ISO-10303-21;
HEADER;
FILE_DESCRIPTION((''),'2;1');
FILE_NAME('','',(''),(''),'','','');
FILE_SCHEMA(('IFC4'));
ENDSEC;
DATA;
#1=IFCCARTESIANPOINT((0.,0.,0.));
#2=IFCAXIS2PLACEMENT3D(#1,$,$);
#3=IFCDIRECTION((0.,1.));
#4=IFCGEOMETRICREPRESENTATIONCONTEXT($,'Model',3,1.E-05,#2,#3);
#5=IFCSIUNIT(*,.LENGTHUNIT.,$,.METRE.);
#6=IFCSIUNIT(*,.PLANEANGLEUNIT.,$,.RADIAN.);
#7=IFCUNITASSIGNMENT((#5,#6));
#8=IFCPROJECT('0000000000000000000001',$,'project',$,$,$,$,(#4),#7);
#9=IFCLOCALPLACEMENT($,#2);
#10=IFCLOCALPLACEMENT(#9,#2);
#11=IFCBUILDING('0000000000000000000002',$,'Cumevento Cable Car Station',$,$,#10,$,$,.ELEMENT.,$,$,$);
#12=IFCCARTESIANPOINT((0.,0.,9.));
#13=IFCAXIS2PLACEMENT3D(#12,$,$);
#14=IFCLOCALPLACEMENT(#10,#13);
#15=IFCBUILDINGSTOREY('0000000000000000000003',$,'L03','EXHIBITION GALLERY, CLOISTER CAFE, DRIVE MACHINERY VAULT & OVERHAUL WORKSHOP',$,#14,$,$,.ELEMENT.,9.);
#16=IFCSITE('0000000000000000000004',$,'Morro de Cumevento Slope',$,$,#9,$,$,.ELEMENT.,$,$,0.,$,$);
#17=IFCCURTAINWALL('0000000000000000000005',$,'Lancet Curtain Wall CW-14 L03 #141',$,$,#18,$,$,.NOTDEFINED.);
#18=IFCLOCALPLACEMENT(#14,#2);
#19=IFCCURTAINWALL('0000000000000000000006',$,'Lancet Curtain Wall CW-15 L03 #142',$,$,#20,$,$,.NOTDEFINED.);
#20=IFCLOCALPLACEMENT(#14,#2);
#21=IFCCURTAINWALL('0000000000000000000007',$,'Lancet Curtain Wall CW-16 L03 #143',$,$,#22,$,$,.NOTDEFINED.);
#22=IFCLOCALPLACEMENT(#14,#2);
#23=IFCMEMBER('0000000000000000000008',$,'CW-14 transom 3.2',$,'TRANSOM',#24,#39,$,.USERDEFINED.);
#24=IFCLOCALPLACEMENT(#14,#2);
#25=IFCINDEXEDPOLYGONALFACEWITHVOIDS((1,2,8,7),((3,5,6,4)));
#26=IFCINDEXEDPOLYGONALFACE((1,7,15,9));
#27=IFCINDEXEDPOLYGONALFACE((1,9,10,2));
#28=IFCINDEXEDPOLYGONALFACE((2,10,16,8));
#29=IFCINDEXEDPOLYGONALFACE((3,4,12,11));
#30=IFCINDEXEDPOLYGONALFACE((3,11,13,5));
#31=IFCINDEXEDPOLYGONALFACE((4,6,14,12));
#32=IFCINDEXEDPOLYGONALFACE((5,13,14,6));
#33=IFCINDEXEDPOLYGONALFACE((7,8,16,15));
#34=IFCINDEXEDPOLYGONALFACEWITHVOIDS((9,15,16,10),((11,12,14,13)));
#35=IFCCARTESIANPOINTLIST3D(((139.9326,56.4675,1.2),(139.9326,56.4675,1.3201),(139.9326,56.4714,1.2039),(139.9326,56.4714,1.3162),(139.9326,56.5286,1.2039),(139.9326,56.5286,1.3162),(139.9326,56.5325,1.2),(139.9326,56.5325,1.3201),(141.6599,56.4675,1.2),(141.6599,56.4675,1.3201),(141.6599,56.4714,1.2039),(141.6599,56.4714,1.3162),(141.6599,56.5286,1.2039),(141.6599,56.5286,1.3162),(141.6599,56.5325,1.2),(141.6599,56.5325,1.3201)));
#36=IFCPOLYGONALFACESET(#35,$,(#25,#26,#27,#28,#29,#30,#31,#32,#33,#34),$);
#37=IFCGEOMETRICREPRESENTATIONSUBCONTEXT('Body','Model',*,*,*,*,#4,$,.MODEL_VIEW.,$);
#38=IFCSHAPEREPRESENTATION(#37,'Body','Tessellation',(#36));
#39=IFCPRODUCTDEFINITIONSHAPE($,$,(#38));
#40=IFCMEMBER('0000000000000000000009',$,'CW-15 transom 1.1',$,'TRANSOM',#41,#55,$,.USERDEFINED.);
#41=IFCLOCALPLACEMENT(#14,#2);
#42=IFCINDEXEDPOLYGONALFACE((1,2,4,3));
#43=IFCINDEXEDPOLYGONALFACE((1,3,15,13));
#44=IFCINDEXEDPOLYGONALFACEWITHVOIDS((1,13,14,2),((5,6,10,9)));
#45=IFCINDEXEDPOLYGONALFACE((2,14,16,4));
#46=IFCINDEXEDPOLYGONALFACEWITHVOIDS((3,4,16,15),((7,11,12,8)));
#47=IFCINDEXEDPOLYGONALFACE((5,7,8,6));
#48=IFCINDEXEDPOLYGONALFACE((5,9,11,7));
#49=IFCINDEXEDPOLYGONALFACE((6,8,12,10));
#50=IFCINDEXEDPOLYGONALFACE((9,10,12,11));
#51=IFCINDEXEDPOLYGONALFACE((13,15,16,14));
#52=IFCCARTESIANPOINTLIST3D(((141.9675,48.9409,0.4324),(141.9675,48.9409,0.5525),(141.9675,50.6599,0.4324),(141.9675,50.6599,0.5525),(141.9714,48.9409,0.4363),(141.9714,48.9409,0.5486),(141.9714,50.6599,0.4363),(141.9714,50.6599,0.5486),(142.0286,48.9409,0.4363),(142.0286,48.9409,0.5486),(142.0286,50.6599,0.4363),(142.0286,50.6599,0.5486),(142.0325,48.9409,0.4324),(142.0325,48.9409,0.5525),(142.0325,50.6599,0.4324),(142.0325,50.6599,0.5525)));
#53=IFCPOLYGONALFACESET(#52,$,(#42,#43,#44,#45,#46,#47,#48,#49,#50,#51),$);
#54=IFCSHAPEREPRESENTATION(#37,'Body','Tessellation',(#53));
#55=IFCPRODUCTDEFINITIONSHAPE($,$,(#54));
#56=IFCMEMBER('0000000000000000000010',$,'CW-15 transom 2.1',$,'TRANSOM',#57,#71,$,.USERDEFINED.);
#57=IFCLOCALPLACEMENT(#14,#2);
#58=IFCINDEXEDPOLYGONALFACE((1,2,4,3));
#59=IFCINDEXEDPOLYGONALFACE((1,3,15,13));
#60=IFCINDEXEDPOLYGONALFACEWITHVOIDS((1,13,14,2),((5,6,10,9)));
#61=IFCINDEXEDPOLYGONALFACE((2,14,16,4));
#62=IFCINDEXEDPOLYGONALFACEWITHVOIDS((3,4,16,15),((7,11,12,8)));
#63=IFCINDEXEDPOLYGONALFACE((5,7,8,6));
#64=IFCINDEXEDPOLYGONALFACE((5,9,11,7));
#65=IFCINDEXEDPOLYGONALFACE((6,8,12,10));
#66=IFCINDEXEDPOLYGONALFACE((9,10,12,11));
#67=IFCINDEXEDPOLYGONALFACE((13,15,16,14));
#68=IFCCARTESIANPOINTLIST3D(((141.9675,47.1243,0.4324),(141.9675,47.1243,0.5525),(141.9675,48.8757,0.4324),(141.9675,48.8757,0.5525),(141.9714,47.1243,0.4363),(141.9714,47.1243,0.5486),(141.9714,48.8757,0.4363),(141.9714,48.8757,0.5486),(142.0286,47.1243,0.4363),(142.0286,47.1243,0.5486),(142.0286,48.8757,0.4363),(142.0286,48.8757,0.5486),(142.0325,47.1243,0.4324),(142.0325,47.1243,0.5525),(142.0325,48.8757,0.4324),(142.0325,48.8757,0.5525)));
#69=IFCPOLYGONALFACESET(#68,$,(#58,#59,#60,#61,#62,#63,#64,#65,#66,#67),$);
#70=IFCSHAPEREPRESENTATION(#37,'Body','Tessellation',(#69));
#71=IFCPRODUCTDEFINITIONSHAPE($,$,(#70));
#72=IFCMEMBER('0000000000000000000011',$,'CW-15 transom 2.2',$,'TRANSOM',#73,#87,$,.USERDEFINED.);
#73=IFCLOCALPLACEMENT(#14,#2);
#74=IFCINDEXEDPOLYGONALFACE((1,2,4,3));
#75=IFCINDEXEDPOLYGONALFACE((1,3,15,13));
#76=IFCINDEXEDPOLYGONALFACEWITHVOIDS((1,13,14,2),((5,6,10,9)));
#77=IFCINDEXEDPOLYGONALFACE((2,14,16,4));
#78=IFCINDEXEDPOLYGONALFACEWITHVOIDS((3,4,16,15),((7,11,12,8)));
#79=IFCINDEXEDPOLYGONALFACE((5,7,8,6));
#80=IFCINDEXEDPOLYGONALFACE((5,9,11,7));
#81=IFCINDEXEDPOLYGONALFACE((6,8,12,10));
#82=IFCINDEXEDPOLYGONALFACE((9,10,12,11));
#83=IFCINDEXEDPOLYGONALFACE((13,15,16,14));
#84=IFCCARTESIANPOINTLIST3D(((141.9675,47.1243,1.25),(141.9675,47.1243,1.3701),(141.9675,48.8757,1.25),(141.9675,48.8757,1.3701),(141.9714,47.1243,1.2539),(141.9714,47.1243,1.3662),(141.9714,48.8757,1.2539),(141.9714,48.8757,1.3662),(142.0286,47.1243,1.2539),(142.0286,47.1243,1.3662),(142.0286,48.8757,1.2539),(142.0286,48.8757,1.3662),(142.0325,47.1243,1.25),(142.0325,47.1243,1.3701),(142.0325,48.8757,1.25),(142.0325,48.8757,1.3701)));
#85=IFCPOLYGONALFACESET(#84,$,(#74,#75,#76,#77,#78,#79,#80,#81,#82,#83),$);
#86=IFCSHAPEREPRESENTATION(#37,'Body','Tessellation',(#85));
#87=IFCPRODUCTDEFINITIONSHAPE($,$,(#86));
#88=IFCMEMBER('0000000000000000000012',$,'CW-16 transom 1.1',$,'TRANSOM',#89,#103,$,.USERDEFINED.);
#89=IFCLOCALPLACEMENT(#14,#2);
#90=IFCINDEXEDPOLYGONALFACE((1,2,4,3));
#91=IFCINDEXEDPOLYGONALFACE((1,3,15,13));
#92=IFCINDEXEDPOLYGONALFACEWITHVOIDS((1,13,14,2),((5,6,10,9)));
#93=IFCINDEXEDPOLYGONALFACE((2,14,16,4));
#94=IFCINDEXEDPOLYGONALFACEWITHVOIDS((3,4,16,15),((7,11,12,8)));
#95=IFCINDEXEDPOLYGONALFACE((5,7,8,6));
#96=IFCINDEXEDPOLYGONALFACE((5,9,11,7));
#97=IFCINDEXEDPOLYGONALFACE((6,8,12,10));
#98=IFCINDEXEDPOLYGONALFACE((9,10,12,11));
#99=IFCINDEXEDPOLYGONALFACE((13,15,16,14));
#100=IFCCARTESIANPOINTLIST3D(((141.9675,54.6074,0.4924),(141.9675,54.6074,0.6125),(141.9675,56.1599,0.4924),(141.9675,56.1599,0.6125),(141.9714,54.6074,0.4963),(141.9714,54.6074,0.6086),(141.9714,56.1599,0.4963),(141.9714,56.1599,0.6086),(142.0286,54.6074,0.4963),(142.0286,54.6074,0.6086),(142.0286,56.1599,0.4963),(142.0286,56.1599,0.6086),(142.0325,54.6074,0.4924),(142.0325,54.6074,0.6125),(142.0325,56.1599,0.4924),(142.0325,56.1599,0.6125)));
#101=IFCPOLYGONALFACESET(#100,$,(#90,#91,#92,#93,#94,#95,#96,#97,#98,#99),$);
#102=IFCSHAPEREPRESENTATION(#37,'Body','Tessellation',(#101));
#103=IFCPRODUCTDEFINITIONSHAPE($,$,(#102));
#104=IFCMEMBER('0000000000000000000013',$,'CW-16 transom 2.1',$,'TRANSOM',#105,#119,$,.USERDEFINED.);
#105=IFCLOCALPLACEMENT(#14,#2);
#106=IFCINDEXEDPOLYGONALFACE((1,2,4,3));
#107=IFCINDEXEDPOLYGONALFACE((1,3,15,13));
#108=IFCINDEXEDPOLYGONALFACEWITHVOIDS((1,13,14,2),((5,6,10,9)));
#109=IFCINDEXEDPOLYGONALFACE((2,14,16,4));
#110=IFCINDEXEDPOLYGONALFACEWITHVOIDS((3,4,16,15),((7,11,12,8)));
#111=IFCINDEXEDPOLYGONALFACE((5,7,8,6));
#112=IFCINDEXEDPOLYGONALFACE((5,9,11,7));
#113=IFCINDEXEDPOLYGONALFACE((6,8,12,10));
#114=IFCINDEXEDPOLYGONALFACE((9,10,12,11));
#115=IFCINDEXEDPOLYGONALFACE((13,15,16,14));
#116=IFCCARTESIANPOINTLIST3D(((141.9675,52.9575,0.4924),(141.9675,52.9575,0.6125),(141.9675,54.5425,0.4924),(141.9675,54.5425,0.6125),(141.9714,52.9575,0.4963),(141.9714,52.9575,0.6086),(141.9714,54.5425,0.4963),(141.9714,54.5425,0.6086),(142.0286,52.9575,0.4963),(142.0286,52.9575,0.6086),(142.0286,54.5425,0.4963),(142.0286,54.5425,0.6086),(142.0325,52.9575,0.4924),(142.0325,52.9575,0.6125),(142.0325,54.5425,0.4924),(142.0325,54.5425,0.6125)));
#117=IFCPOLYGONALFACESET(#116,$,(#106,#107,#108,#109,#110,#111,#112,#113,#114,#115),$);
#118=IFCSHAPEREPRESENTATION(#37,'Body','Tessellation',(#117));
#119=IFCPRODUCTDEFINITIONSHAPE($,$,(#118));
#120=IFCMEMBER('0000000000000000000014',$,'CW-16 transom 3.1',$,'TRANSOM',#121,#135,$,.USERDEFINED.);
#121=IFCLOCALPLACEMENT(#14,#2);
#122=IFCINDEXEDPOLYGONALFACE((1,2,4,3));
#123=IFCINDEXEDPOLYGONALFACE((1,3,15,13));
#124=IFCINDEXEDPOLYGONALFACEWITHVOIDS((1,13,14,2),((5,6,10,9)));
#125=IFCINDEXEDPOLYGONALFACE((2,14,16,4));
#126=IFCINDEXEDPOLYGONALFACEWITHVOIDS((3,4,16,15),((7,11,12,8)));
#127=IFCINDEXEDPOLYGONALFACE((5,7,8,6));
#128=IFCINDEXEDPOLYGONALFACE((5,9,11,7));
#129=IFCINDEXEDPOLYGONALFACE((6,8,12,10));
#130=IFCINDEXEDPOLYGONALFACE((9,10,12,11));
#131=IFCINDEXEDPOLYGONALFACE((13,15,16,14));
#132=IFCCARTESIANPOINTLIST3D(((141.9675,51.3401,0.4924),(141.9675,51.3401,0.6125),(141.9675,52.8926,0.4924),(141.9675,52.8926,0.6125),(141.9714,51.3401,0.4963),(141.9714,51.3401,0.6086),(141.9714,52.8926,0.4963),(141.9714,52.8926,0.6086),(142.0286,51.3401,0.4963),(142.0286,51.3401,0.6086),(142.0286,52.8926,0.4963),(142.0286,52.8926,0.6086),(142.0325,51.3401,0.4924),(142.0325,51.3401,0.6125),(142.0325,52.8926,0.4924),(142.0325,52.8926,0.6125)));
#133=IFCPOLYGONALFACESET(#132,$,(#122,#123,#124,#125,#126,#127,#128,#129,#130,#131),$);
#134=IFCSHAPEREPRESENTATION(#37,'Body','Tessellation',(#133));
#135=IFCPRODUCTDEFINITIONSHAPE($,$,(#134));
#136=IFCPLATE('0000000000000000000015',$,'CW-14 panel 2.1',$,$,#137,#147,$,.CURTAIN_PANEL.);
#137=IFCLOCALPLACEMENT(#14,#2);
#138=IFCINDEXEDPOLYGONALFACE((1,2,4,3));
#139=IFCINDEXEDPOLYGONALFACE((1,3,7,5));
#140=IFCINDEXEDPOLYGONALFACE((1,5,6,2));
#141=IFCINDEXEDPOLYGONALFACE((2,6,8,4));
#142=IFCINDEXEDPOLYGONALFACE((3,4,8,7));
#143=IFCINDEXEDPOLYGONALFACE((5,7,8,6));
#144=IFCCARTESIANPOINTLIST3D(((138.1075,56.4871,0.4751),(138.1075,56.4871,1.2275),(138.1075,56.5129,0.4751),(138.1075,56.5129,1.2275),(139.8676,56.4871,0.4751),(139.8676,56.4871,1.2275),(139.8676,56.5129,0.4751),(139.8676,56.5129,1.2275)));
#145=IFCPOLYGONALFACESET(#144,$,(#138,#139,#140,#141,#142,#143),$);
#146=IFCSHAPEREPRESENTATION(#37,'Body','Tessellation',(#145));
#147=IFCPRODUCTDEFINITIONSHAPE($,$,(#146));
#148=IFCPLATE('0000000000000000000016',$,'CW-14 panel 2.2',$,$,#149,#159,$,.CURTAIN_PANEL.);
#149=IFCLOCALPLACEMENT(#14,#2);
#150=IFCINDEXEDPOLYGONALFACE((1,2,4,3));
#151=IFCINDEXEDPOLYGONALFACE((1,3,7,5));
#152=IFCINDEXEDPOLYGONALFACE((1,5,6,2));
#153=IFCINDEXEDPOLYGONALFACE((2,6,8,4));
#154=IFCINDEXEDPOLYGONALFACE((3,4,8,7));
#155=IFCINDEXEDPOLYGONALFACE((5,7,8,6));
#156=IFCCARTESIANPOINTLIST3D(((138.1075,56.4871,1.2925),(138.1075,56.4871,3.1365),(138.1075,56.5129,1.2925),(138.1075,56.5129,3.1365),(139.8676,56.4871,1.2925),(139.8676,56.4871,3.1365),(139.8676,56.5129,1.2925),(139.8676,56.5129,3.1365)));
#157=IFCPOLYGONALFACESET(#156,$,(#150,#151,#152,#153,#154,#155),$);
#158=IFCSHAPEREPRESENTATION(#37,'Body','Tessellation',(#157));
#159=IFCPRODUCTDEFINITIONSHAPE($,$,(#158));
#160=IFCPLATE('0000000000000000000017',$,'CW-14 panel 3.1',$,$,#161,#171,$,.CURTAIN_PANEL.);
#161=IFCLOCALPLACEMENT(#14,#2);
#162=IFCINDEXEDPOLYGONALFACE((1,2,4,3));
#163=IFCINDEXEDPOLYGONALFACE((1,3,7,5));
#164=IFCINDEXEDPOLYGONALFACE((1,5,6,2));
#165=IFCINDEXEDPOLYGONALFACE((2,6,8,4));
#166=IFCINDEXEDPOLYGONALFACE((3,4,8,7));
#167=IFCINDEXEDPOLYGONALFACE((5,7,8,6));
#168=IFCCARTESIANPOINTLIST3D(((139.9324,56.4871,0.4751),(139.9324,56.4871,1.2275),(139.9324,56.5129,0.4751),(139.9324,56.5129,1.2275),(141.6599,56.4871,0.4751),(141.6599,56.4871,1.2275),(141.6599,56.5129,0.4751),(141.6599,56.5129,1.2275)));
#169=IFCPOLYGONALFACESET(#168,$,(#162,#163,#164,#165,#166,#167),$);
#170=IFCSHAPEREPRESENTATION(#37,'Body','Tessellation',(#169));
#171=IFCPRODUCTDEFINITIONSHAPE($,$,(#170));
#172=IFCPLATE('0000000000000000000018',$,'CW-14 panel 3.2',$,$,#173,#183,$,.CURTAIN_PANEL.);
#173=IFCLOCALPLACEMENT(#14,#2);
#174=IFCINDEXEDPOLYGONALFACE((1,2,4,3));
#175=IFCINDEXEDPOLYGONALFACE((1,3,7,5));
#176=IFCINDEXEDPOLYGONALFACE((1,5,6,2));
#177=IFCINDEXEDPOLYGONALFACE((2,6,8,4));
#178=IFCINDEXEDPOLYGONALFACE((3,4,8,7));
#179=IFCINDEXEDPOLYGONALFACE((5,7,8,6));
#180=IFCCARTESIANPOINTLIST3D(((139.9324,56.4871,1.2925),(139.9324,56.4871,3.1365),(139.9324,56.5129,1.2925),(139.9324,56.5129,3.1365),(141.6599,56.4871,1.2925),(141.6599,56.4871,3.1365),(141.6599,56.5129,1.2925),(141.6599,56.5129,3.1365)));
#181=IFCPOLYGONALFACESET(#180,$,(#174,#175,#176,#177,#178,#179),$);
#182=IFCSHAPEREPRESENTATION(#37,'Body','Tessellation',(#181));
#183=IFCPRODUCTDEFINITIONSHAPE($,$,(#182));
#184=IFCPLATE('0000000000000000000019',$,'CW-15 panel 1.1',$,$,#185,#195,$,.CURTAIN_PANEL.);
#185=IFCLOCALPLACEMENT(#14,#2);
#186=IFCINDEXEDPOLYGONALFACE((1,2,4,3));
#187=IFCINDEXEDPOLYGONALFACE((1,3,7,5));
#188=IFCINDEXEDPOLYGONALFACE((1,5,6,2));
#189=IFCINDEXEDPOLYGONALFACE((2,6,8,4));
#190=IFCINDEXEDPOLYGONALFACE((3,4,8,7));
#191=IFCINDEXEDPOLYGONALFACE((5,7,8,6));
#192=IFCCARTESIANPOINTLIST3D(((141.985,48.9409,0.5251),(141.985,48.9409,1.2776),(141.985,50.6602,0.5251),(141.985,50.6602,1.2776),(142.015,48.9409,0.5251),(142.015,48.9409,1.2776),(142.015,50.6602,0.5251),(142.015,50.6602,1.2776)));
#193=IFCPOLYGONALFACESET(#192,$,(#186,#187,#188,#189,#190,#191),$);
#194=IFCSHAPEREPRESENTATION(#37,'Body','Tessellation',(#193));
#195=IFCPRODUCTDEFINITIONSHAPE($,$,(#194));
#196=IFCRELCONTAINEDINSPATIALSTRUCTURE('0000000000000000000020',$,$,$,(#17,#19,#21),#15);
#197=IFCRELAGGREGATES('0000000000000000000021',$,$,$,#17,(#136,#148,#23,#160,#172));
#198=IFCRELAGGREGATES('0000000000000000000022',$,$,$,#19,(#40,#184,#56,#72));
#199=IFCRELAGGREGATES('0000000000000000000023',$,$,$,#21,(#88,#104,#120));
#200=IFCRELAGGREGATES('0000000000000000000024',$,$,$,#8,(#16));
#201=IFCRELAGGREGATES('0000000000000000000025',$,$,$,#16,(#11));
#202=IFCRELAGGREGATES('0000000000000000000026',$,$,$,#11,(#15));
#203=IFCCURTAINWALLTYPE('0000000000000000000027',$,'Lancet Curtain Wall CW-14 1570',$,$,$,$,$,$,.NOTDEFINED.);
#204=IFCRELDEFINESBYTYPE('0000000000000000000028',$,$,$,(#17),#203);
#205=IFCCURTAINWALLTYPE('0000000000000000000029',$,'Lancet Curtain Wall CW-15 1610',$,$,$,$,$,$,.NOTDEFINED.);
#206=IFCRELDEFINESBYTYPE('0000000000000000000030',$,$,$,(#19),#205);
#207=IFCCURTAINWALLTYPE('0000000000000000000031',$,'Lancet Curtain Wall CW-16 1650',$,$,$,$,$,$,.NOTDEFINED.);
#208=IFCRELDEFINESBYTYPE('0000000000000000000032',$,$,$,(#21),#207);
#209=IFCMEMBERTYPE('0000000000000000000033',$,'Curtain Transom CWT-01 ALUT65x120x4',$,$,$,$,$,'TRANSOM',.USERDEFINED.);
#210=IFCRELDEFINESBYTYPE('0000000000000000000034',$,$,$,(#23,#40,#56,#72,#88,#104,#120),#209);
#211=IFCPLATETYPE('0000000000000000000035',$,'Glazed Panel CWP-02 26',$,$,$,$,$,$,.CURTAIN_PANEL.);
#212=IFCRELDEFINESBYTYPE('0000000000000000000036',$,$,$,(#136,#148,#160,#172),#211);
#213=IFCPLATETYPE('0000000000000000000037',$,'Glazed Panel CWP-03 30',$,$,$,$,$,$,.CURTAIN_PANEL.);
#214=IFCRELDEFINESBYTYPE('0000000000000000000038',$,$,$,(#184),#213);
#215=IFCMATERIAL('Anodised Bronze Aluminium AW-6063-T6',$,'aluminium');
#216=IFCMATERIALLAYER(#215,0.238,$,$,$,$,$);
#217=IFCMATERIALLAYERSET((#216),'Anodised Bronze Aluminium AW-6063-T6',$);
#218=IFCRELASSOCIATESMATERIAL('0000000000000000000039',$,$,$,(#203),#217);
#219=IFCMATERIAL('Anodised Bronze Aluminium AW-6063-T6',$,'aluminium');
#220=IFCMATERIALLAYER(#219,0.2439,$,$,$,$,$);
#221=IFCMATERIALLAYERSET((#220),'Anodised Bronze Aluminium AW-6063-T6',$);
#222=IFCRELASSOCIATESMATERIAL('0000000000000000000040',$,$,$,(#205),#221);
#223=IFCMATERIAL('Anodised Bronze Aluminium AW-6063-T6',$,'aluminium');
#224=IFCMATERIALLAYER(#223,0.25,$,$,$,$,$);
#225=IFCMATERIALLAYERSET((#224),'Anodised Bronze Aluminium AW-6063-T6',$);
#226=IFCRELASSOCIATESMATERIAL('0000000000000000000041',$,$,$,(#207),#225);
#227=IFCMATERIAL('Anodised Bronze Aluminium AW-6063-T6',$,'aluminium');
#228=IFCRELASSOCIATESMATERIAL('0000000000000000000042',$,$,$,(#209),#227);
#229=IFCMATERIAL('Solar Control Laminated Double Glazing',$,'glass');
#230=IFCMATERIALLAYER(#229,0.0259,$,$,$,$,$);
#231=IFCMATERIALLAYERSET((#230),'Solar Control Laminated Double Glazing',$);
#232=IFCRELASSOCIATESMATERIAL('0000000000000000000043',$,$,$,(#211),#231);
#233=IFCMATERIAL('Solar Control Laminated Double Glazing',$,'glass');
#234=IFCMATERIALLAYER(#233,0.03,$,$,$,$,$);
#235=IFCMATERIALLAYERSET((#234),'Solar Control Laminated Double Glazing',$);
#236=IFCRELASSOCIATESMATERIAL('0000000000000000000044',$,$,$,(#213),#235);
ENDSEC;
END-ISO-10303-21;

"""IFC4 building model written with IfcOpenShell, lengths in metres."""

from ifc_helpers import new_model, si_unit, direction, frame, origin, origin_2d, place, context, subcontext, project, spatial, rectangle, hollow_rectangle, extrude, material, layer, layer_set, material_profile, profile_set, type_object, element, aggregate, save


model = new_model("IFC4")

# Units and contexts
model_context = context("Model", 3, precision=1e-05, world=origin(), true_north=direction((0.0, 1.0)))
body_context = subcontext(model_context, "Body", "Model", "MODEL_VIEW")
ifc_project = project(units=[si_unit("LENGTHUNIT", "METRE"), si_unit("PLANEANGLEUNIT", "RADIAN")], contexts=[model_context])

# Site, building, storey
site_placement = place(None, origin())
site = spatial("IfcSite", under=ifc_project, at=site_placement, Name="Morro de Cumevento Slope", CompositionType="ELEMENT", RefElevation=0.0)
building_placement = place(site_placement, origin())
building = spatial("IfcBuilding", under=site, at=building_placement, Name="Cumevento Cable Car Station", CompositionType="ELEMENT")
storey_placement = place(building_placement, frame((0.0, 0.0, 9.0)))
storey = spatial("IfcBuildingStorey", under=building, at=storey_placement, Name="L03", Description="EXHIBITION GALLERY, CLOISTER CAFE, DRIVE MACHINERY VAULT & OVERHAUL WORKSHOP", CompositionType="ELEMENT", Elevation=9.0)

# Curtain walls
ifc_material_1 = material(Name="Anodised Bronze Aluminium AW-6063-T6", Category="aluminium")
ifc_layer_1 = layer(ifc_material_1, 0.238)
ifc_layer_set_1 = layer_set([ifc_layer_1], Name="Anodised Bronze Aluminium AW-6063-T6")
curtain_wall_type_1 = type_object("IfcCurtainWallType", Name="Lancet Curtain Wall CW-14 1570", PredefinedType="NOTDEFINED", material=ifc_layer_set_1)
curtain_wall_1_placement = place(storey_placement, origin())
curtain_wall_1 = element("IfcCurtainWall", 1, at=curtain_wall_1_placement, inside=storey, type_object=curtain_wall_type_1, Name="Lancet Curtain Wall CW-14 L03 #141", PredefinedType="NOTDEFINED")
ifc_material_2 = material(Name="Anodised Bronze Aluminium AW-6063-T6", Category="aluminium")
ifc_layer_2 = layer(ifc_material_2, 0.2439)
ifc_layer_set_2 = layer_set([ifc_layer_2], Name="Anodised Bronze Aluminium AW-6063-T6")
curtain_wall_type_2 = type_object("IfcCurtainWallType", Name="Lancet Curtain Wall CW-15 1610", PredefinedType="NOTDEFINED", material=ifc_layer_set_2)
curtain_wall_2_placement = place(storey_placement, origin())
curtain_wall_2 = element("IfcCurtainWall", 2, at=curtain_wall_2_placement, inside=storey, type_object=curtain_wall_type_2, Name="Lancet Curtain Wall CW-15 L03 #142", PredefinedType="NOTDEFINED")
ifc_material_3 = material(Name="Anodised Bronze Aluminium AW-6063-T6", Category="aluminium")
ifc_layer_3 = layer(ifc_material_3, 0.25)
ifc_layer_set_3 = layer_set([ifc_layer_3], Name="Anodised Bronze Aluminium AW-6063-T6")
curtain_wall_type_3 = type_object("IfcCurtainWallType", Name="Lancet Curtain Wall CW-16 1650", PredefinedType="NOTDEFINED", material=ifc_layer_set_3)
curtain_wall_3_placement = place(storey_placement, origin())
curtain_wall_3 = element("IfcCurtainWall", 3, at=curtain_wall_3_placement, inside=storey, type_object=curtain_wall_type_3, Name="Lancet Curtain Wall CW-16 L03 #143", PredefinedType="NOTDEFINED")

# Members
ifc_material_4 = material(Name="Anodised Bronze Aluminium AW-6063-T6", Category="aluminium")
ifc_material_profile_1 = material_profile(ifc_material_4, hollow_rectangle(XDim=0.0649, YDim=0.1201, WallThickness=0.0039, at=origin_2d()), Name="ALUT65x120x4")
ifc_profile_set_1 = profile_set([ifc_material_profile_1], Name="Anodised Bronze Aluminium AW-6063-T6")
member_type_1 = type_object("IfcMemberType", Name="Curtain Transom CWT-01 ALUT65x120x4", ElementType="TRANSOM", PredefinedType="USERDEFINED", material=ifc_profile_set_1)
member_1_placement = place(storey_placement, frame((139.9326, 56.5, 1.26), z_axis=(1.0, 0.0, 0.0), x_axis=(0.0, 1.0, 0.0)))
member_1 = element("IfcMember", 4, at=member_1_placement, type_object=member_type_1, Name="CW-14 transom 3.2", ObjectType="TRANSOM", PredefinedType="USERDEFINED", context=body_context, shape_type="SweptSolid", body=[
    extrude(hollow_rectangle(XDim=0.0649, YDim=0.1201, WallThickness=0.0039, at=origin_2d()), origin(), (0.0, 0.0, 1.0), 1.7273),
])
member_2_placement = place(storey_placement, frame((142.0, 50.6599, 0.4924), z_axis=(0.0, -1.0, 0.0), x_axis=(1.0, 0.0, 0.0)))
member_2 = element("IfcMember", 5, at=member_2_placement, type_object=member_type_1, Name="CW-15 transom 1.1", ObjectType="TRANSOM", PredefinedType="USERDEFINED", context=body_context, shape_type="SweptSolid", body=[
    extrude(hollow_rectangle(XDim=0.0649, YDim=0.1201, WallThickness=0.0039, at=origin_2d()), origin(), (0.0, 0.0, 1.0), 1.719),
])
member_3_placement = place(storey_placement, frame((142.0, 48.8757, 0.4924), z_axis=(0.0, -1.0, 0.0), x_axis=(1.0, 0.0, 0.0)))
member_3 = element("IfcMember", 6, at=member_3_placement, type_object=member_type_1, Name="CW-15 transom 2.1", ObjectType="TRANSOM", PredefinedType="USERDEFINED", context=body_context, shape_type="SweptSolid", body=[
    extrude(hollow_rectangle(XDim=0.0649, YDim=0.1201, WallThickness=0.0039, at=origin_2d()), origin(), (0.0, 0.0, 1.0), 1.7515),
])
member_4_placement = place(storey_placement, frame((142.0, 48.8757, 1.3101), z_axis=(0.0, -1.0, 0.0), x_axis=(1.0, 0.0, 0.0)))
member_4 = element("IfcMember", 7, at=member_4_placement, type_object=member_type_1, Name="CW-15 transom 2.2", ObjectType="TRANSOM", PredefinedType="USERDEFINED", context=body_context, shape_type="SweptSolid", body=[
    extrude(hollow_rectangle(XDim=0.0649, YDim=0.1201, WallThickness=0.0039, at=origin_2d()), origin(), (0.0, 0.0, 1.0), 1.7515),
])
member_5_placement = place(storey_placement, frame((142.0, 56.1599, 0.5525), z_axis=(0.0, -1.0, 0.0), x_axis=(1.0, 0.0, 0.0)))
member_5 = element("IfcMember", 8, at=member_5_placement, type_object=member_type_1, Name="CW-16 transom 1.1", ObjectType="TRANSOM", PredefinedType="USERDEFINED", context=body_context, shape_type="SweptSolid", body=[
    extrude(hollow_rectangle(XDim=0.0649, YDim=0.1201, WallThickness=0.0039, at=origin_2d()), origin(), (0.0, 0.0, 1.0), 1.5525),
])
member_6_placement = place(storey_placement, frame((142.0, 54.5425, 0.5525), z_axis=(0.0, -1.0, 0.0), x_axis=(1.0, 0.0, 0.0)))
member_6 = element("IfcMember", 9, at=member_6_placement, type_object=member_type_1, Name="CW-16 transom 2.1", ObjectType="TRANSOM", PredefinedType="USERDEFINED", context=body_context, shape_type="SweptSolid", body=[
    extrude(hollow_rectangle(XDim=0.0649, YDim=0.1201, WallThickness=0.0039, at=origin_2d()), origin(), (0.0, 0.0, 1.0), 1.585),
])
member_7_placement = place(storey_placement, frame((142.0, 52.8926, 0.5525), z_axis=(0.0, -1.0, 0.0), x_axis=(1.0, 0.0, 0.0)))
member_7 = element("IfcMember", 10, at=member_7_placement, type_object=member_type_1, Name="CW-16 transom 3.1", ObjectType="TRANSOM", PredefinedType="USERDEFINED", context=body_context, shape_type="SweptSolid", body=[
    extrude(hollow_rectangle(XDim=0.0649, YDim=0.1201, WallThickness=0.0039, at=origin_2d()), origin(), (0.0, 0.0, 1.0), 1.5525),
])

# Plates
ifc_material_5 = material(Name="Solar Control Laminated Double Glazing", Category="glass")
ifc_layer_4 = layer(ifc_material_5, 0.0259)
ifc_layer_set_4 = layer_set([ifc_layer_4], Name="Solar Control Laminated Double Glazing")
plate_type_1 = type_object("IfcPlateType", Name="Glazed Panel CWP-02 26", PredefinedType="CURTAIN_PANEL", material=ifc_layer_set_4)
plate_1_placement = place(storey_placement, frame((138.9875, 56.5, 0.4751), z_axis=(0.0, 0.0, 1.0), x_axis=(1.0, 0.0, 0.0)))
plate_1 = element("IfcPlate", 11, at=plate_1_placement, type_object=plate_type_1, Name="CW-14 panel 2.1", PredefinedType="CURTAIN_PANEL", context=body_context, shape_type="SweptSolid", body=[
    extrude(rectangle(XDim=1.76, YDim=0.0259, at=origin_2d()), origin(), (0.0, 0.0, 1.0), 0.7524),
])
plate_2_placement = place(storey_placement, frame((138.9875, 56.5, 1.2925), z_axis=(0.0, 0.0, 1.0), x_axis=(1.0, 0.0, 0.0)))
plate_2 = element("IfcPlate", 12, at=plate_2_placement, type_object=plate_type_1, Name="CW-14 panel 2.2", PredefinedType="CURTAIN_PANEL", context=body_context, shape_type="SweptSolid", body=[
    extrude(rectangle(XDim=1.76, YDim=0.0259, at=origin_2d()), origin(), (0.0, 0.0, 1.0), 1.844),
])
plate_3_placement = place(storey_placement, frame((140.7961, 56.5, 0.4751), z_axis=(0.0, 0.0, 1.0), x_axis=(1.0, 0.0, 0.0)))
plate_3 = element("IfcPlate", 13, at=plate_3_placement, type_object=plate_type_1, Name="CW-14 panel 3.1", PredefinedType="CURTAIN_PANEL", context=body_context, shape_type="SweptSolid", body=[
    extrude(rectangle(XDim=1.7275, YDim=0.0259, at=origin_2d()), origin(), (0.0, 0.0, 1.0), 0.7524),
])
plate_4_placement = place(storey_placement, frame((140.7961, 56.5, 1.2925), z_axis=(0.0, 0.0, 1.0), x_axis=(1.0, 0.0, 0.0)))
plate_4 = element("IfcPlate", 14, at=plate_4_placement, type_object=plate_type_1, Name="CW-14 panel 3.2", PredefinedType="CURTAIN_PANEL", context=body_context, shape_type="SweptSolid", body=[
    extrude(rectangle(XDim=1.7275, YDim=0.0259, at=origin_2d()), origin(), (0.0, 0.0, 1.0), 1.844),
])
aggregate(curtain_wall_1, [plate_1, plate_2, member_1, plate_3, plate_4])
ifc_material_6 = material(Name="Solar Control Laminated Double Glazing", Category="glass")
ifc_layer_5 = layer(ifc_material_6, 0.03)
ifc_layer_set_5 = layer_set([ifc_layer_5], Name="Solar Control Laminated Double Glazing")
plate_type_2 = type_object("IfcPlateType", Name="Glazed Panel CWP-03 30", PredefinedType="CURTAIN_PANEL", material=ifc_layer_set_5)
plate_5_placement = place(storey_placement, frame((142.0, 49.8005, 0.5251), z_axis=(0.0, 0.0, 1.0), x_axis=(0.0, -1.0, 0.0)))
plate_5 = element("IfcPlate", 15, at=plate_5_placement, type_object=plate_type_2, Name="CW-15 panel 1.1", PredefinedType="CURTAIN_PANEL", context=body_context, shape_type="SweptSolid", body=[
    extrude(rectangle(XDim=1.7192, YDim=0.03, at=origin_2d()), origin(), (0.0, 0.0, 1.0), 0.7524),
])
aggregate(curtain_wall_2, [member_2, plate_5, member_3, member_4])
aggregate(curtain_wall_3, [member_5, member_6, member_7])

save(model, "model.ifc")
